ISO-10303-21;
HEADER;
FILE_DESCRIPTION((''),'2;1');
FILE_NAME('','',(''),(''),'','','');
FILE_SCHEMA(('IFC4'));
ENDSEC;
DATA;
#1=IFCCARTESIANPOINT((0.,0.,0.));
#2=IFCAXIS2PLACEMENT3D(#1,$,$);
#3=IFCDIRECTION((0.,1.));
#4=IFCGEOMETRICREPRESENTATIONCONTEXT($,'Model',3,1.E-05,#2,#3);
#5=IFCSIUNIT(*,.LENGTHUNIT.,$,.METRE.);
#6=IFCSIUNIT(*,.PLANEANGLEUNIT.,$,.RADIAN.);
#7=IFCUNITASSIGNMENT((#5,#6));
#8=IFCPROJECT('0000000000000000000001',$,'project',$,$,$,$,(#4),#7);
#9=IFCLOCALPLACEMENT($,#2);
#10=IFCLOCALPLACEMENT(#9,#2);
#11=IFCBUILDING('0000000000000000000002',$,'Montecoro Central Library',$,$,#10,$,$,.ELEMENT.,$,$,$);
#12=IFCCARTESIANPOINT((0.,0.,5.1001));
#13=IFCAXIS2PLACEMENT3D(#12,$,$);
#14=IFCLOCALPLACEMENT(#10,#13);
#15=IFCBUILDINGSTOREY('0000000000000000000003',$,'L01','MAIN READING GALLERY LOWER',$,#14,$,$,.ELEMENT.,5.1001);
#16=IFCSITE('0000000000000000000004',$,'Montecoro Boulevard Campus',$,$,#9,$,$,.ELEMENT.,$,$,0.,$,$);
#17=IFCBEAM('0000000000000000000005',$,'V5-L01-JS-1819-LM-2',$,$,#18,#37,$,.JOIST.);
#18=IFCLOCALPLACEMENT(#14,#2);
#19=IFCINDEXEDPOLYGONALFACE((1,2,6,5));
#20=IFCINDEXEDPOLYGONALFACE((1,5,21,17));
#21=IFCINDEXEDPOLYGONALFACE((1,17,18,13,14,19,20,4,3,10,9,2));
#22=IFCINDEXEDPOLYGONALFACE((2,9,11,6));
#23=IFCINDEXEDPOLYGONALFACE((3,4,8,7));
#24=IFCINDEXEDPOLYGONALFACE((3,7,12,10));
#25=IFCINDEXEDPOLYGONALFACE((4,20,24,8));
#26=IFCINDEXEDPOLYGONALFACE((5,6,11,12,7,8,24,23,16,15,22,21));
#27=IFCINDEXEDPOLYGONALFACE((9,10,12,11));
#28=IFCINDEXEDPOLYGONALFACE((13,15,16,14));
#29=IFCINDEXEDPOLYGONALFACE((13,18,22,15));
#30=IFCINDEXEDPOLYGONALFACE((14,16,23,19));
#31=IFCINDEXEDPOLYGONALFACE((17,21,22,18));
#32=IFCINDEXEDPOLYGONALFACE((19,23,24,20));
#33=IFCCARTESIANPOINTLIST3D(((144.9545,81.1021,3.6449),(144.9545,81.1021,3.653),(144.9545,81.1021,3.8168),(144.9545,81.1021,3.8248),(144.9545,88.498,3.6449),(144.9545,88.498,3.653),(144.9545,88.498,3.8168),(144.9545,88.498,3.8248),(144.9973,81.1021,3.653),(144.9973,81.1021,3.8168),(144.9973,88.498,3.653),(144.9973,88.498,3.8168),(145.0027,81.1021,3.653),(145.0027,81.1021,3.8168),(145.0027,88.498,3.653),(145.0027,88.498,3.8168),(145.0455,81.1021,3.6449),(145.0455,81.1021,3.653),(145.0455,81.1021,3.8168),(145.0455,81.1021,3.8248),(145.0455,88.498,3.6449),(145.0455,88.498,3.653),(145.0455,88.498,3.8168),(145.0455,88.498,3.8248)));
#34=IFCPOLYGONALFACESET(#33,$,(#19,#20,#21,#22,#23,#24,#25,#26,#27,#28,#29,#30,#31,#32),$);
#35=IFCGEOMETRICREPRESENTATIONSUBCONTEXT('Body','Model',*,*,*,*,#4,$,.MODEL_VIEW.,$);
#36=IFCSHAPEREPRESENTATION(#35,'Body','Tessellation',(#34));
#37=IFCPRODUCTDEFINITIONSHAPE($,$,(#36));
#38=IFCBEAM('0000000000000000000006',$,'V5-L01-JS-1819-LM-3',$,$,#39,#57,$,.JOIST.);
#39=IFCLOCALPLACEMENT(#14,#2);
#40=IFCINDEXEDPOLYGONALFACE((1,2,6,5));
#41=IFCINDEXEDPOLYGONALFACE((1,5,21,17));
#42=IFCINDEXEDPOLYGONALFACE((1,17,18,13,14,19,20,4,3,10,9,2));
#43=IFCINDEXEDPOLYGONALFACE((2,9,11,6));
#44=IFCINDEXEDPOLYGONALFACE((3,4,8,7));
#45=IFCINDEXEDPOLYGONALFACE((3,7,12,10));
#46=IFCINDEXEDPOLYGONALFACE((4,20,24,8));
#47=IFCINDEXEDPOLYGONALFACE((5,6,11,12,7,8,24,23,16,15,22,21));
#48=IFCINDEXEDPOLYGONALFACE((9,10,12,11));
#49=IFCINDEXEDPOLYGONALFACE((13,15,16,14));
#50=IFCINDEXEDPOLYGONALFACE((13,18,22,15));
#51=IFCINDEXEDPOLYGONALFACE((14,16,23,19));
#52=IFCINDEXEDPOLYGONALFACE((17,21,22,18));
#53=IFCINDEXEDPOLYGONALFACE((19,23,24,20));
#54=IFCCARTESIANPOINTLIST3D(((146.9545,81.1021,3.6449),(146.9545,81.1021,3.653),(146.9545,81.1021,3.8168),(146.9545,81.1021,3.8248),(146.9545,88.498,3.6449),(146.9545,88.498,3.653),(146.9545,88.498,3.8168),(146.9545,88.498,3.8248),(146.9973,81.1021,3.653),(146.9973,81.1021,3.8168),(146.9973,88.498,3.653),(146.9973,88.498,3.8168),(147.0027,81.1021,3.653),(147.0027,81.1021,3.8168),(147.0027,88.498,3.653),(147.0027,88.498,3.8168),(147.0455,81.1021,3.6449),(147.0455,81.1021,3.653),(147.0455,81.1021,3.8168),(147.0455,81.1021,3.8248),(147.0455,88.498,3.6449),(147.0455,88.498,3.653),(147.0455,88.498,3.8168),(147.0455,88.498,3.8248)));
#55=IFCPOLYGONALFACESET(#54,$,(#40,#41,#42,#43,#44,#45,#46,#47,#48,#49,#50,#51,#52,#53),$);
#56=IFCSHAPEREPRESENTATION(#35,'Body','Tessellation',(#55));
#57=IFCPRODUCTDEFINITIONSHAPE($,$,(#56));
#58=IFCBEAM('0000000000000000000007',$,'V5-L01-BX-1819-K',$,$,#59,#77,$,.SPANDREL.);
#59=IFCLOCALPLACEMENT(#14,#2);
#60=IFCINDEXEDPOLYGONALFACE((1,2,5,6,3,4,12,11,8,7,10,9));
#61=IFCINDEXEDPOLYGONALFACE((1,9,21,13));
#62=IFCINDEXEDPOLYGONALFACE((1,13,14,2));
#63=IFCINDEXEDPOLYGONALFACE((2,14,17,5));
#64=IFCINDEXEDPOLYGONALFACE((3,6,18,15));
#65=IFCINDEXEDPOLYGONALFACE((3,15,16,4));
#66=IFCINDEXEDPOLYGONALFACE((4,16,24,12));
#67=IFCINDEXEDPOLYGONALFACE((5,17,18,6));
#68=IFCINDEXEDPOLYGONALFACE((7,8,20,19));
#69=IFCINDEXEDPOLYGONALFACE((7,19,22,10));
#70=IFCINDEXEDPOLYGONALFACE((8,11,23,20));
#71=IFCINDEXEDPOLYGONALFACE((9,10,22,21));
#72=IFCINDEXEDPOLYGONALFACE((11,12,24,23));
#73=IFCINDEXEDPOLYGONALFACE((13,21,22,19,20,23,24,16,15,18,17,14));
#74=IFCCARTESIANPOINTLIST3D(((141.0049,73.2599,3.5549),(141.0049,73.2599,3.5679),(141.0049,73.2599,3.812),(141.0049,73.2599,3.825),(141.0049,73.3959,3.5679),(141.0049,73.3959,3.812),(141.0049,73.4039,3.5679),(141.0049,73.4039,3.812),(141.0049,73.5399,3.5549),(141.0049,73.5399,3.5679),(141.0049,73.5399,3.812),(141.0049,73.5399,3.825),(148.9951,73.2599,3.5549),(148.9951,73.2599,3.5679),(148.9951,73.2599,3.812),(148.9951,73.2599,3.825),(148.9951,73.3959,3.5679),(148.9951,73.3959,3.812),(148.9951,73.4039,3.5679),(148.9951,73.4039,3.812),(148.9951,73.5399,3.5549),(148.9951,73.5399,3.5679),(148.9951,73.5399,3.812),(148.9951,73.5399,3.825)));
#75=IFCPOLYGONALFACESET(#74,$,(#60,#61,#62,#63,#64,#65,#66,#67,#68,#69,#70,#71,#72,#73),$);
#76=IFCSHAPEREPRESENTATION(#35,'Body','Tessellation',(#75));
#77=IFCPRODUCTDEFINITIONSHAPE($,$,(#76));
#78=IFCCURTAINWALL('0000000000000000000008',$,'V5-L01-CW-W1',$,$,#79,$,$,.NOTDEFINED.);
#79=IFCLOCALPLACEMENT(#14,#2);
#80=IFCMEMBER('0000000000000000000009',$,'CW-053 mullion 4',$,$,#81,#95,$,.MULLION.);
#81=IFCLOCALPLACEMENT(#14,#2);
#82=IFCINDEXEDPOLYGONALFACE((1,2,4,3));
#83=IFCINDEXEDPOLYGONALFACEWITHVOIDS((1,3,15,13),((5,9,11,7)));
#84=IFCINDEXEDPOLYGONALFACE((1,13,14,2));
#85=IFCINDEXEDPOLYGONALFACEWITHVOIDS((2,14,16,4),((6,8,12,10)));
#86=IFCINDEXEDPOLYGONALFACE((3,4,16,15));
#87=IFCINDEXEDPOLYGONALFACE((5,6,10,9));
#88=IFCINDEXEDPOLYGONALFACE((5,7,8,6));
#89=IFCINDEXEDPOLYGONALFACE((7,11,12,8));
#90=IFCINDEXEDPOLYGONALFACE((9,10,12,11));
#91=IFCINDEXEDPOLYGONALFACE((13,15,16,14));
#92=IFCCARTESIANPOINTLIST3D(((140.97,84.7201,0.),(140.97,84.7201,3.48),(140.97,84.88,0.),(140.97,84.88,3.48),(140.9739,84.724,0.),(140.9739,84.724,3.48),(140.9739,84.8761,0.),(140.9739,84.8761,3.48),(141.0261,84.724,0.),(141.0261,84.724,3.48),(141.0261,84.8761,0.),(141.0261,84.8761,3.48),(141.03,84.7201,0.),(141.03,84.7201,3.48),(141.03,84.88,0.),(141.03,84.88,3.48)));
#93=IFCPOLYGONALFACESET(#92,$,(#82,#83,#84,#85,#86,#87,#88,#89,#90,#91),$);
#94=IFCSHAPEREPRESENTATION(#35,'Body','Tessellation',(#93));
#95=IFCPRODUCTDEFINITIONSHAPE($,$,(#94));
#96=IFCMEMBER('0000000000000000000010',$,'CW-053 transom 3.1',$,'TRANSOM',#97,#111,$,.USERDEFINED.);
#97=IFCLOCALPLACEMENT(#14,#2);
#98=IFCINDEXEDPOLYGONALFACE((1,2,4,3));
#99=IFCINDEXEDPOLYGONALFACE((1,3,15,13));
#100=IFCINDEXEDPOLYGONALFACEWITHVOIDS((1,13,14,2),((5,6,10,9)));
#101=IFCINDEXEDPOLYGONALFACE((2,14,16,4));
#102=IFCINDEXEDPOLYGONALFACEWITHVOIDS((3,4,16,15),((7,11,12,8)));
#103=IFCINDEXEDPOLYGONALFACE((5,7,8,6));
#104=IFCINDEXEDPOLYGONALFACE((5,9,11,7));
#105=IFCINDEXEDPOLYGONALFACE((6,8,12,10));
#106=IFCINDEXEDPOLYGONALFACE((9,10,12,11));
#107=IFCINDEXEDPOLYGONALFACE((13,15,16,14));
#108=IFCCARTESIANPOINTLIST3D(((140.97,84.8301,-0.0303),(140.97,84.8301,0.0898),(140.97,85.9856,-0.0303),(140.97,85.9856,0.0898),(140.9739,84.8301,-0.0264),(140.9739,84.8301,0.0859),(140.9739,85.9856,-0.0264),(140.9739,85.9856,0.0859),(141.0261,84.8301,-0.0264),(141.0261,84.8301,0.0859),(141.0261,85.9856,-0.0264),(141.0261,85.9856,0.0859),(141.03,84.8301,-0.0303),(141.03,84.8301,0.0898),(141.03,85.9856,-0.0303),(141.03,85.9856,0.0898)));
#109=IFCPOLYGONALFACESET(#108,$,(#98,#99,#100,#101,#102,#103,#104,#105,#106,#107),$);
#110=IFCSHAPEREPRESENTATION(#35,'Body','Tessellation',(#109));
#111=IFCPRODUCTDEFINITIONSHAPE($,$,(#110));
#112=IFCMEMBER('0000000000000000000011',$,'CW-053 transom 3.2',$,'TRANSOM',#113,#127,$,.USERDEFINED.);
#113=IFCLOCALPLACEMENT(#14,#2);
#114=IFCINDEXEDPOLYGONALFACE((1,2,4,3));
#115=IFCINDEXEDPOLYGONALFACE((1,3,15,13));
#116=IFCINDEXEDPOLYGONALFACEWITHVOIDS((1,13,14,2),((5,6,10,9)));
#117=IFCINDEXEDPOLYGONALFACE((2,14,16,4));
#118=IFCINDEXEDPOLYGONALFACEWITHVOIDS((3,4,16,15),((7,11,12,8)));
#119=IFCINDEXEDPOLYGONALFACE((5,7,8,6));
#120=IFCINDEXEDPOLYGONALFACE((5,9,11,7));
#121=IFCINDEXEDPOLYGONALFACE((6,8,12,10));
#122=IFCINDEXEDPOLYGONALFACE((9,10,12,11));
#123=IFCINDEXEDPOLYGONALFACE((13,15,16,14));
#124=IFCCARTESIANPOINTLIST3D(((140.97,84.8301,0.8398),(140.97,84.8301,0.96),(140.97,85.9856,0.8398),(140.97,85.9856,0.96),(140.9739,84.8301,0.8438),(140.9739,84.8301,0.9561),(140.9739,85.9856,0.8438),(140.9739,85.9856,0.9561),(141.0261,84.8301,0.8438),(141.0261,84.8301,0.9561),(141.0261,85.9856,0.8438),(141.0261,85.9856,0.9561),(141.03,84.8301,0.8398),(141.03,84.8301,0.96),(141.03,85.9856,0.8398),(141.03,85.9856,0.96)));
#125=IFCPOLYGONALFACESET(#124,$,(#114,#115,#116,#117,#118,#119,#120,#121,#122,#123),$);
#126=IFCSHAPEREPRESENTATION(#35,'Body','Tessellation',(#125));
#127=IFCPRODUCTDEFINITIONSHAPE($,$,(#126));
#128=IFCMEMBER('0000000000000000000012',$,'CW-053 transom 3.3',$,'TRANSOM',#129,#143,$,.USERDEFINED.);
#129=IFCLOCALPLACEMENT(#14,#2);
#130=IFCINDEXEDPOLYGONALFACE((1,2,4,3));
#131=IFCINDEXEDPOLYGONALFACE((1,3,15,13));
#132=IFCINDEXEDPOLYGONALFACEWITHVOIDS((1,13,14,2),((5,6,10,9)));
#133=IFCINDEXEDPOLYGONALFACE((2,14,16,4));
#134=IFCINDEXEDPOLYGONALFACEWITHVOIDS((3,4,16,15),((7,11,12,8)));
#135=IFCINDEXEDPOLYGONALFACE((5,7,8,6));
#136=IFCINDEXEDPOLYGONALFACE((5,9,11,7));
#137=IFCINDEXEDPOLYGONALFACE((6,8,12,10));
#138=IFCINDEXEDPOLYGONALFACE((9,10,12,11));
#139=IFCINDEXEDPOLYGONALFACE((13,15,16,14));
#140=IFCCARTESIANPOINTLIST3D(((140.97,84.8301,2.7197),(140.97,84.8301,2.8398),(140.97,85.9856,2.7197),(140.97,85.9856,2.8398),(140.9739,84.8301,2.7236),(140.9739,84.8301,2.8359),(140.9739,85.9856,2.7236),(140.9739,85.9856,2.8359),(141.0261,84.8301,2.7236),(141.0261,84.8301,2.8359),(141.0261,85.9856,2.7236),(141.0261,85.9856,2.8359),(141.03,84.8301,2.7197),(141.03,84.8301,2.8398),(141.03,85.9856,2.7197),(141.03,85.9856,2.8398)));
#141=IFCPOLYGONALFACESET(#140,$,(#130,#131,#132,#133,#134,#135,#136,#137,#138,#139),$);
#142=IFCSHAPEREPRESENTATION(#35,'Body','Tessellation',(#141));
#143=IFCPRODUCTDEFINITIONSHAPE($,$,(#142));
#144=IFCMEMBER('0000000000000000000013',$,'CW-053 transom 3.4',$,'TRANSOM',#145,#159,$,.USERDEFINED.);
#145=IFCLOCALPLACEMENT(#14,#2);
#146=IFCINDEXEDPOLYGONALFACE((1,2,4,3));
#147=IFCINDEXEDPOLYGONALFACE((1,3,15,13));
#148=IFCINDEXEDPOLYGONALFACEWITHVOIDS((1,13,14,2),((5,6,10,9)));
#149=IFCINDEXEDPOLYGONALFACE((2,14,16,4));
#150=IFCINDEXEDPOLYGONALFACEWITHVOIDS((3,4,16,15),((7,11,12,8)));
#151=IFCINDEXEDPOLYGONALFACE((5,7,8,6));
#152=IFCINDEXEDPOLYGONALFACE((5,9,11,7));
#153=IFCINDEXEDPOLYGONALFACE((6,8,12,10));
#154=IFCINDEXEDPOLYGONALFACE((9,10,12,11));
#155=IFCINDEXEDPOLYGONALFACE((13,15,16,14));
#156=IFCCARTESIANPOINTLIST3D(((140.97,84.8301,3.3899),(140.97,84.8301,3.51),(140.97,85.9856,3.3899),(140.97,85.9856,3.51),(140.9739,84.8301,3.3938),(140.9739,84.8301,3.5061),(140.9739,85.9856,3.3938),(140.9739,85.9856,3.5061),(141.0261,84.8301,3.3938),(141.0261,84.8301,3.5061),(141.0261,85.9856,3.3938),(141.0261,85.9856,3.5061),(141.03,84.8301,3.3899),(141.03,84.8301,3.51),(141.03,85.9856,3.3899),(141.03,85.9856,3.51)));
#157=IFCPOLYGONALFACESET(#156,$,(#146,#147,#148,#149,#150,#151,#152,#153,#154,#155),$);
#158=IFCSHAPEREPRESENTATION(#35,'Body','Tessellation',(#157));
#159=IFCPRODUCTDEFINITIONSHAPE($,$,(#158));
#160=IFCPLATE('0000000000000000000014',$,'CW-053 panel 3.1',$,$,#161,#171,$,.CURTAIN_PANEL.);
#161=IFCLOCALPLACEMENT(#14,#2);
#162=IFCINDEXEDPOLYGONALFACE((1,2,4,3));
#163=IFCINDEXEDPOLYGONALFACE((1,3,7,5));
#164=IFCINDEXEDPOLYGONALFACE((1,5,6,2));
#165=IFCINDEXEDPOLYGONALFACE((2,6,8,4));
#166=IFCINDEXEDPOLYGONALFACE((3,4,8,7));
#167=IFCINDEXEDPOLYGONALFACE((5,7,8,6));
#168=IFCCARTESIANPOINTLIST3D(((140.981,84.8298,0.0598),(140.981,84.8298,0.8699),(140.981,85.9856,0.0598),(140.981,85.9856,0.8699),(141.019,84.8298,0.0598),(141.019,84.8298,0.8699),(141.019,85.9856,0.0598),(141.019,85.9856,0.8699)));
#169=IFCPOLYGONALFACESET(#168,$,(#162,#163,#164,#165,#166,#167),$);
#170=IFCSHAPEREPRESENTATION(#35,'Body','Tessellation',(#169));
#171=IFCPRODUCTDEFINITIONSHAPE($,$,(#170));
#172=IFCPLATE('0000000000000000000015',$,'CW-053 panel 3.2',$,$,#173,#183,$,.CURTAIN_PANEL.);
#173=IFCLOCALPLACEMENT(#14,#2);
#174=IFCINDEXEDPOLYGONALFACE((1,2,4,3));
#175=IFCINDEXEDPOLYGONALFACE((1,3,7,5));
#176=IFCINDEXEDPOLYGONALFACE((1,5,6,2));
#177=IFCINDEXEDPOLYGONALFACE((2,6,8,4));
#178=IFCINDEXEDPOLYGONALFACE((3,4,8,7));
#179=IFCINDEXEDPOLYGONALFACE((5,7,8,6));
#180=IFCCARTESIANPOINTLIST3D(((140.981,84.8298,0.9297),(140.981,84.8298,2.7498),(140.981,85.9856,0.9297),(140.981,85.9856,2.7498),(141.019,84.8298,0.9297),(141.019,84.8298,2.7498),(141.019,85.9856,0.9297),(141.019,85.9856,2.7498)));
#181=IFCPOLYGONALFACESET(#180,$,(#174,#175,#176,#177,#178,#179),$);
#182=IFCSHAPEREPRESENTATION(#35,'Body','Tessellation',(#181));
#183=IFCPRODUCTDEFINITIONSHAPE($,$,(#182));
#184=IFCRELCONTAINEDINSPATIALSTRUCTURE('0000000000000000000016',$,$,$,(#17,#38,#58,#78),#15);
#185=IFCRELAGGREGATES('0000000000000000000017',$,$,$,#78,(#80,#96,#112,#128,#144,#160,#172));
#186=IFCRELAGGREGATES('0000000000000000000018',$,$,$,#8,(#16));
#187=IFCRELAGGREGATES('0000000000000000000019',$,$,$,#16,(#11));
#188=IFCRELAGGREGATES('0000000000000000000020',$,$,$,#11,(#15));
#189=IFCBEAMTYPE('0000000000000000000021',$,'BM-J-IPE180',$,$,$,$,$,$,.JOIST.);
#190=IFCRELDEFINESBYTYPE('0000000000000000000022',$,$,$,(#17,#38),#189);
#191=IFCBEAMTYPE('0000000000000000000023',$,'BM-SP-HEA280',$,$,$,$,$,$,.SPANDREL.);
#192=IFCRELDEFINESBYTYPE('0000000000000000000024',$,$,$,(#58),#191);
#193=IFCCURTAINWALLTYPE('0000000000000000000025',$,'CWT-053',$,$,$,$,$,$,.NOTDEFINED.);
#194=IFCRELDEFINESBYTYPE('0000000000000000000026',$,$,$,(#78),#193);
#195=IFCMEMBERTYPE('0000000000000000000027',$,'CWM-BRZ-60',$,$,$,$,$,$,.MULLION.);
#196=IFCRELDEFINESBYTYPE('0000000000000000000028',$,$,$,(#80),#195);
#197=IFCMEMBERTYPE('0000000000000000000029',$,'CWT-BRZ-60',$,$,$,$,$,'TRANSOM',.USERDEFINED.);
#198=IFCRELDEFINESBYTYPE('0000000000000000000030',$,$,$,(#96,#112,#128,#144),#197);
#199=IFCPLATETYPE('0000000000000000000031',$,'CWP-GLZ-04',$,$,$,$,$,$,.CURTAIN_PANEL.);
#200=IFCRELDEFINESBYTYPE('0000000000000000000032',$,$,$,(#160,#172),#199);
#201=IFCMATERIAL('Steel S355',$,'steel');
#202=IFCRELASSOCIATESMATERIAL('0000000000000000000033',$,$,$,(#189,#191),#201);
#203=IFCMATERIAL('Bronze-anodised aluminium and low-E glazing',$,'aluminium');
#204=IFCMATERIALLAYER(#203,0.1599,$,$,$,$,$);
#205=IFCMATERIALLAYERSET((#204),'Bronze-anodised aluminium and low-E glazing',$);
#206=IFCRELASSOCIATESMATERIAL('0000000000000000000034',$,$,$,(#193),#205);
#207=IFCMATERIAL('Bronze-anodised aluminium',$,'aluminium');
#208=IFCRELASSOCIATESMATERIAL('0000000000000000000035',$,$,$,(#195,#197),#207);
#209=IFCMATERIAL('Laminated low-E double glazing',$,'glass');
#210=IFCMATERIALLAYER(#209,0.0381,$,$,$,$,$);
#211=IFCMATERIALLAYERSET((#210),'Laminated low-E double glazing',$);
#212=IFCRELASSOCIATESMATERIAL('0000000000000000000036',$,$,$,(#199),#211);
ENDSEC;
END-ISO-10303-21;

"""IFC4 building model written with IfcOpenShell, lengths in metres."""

from ifc_helpers import new_model, si_unit, direction, frame, origin, origin_2d, place, context, subcontext, project, spatial, rectangle, hollow_rectangle, i_section, extrude, material, layer, layer_set, material_profile, profile_set, type_object, element, aggregate, save


model = new_model("IFC4")

# Units and contexts
model_context = context("Model", 3, precision=1e-05, world=origin(), true_north=direction((0.0, 1.0)))
body_context = subcontext(model_context, "Body", "Model", "MODEL_VIEW")
ifc_project = project(units=[si_unit("LENGTHUNIT", "METRE"), si_unit("PLANEANGLEUNIT", "RADIAN")], contexts=[model_context])

# Site, building, storey
site_placement = place(None, origin())
site = spatial("IfcSite", under=ifc_project, at=site_placement, Name="Montecoro Boulevard Campus", CompositionType="ELEMENT", RefElevation=0.0)
building_placement = place(site_placement, origin())
building = spatial("IfcBuilding", under=site, at=building_placement, Name="Montecoro Central Library", CompositionType="ELEMENT")
storey_placement = place(building_placement, frame((0.0, 0.0, 5.1001)))
storey = spatial("IfcBuildingStorey", under=building, at=storey_placement, Name="L01", Description="MAIN READING GALLERY LOWER", CompositionType="ELEMENT", Elevation=5.1001)

# Shared definitions
ifc_material_1 = material(Name="Steel S355", Category="steel")

# Beams
ifc_material_profile_1 = material_profile(ifc_material_1, i_section(OverallWidth=0.0911, OverallDepth=0.1799, WebThickness=0.0054, FlangeThickness=0.0081, at=origin_2d()), Name="IPE 180")
ifc_profile_set_1 = profile_set([ifc_material_profile_1], Name="Steel S355")
beam_type_1 = type_object("IfcBeamType", Name="BM-J-IPE180", PredefinedType="JOIST", material=ifc_profile_set_1)
for number, where, z_axis, x_axis, name in (
    (1, (145.0, 81.1021, 3.7349), (0.0, 1.0, 0.0), (-1.0, 0.0, 0.0), "V5-L01-JS-1819-LM-2"),
    (2, (147.0, 81.1021, 3.7349), (0.0, 1.0, 0.0), (-1.0, 0.0, 0.0), "V5-L01-JS-1819-LM-3"),
):
    element("IfcBeam", number, at=place(storey_placement, frame(where, z_axis=z_axis, x_axis=x_axis)), inside=storey, type_object=beam_type_1, Name=name, PredefinedType="JOIST", context=body_context, shape_type="SweptSolid", body=[
        extrude(i_section(OverallWidth=0.0911, OverallDepth=0.1799, WebThickness=0.0054, FlangeThickness=0.0081, at=origin_2d()), origin(), (0.0, 0.0, 1.0), 7.396),
    ])
ifc_material_profile_2 = material_profile(ifc_material_1, i_section(OverallWidth=0.28, OverallDepth=0.27, WebThickness=0.0081, FlangeThickness=0.0129, at=origin_2d()), Name="HEA 280")
ifc_profile_set_2 = profile_set([ifc_material_profile_2], Name="Steel S355")
beam_type_2 = type_object("IfcBeamType", Name="BM-SP-HEA280", PredefinedType="SPANDREL", material=ifc_profile_set_2)
beam_1_placement = place(storey_placement, frame((141.0049, 73.3999, 3.6899), z_axis=(1.0, 0.0, 0.0), x_axis=(0.0, 1.0, 0.0)))
element("IfcBeam", 3, at=beam_1_placement, inside=storey, type_object=beam_type_2, Name="V5-L01-BX-1819-K", PredefinedType="SPANDREL", context=body_context, shape_type="SweptSolid", body=[
    extrude(i_section(OverallWidth=0.28, OverallDepth=0.27, WebThickness=0.0081, FlangeThickness=0.0129, at=origin_2d()), origin(), (0.0, 0.0, 1.0), 7.9902),
])

# Curtain wall, members, plates
ifc_material_2 = material(Name="Bronze-anodised aluminium and low-E glazing", Category="aluminium")
ifc_layer_1 = layer(ifc_material_2, 0.1599)
ifc_layer_set_1 = layer_set([ifc_layer_1], Name="Bronze-anodised aluminium and low-E glazing")
curtain_wall_type = type_object("IfcCurtainWallType", Name="CWT-053", PredefinedType="NOTDEFINED", material=ifc_layer_set_1)
curtain_wall_placement = place(storey_placement, origin())
curtain_wall = element("IfcCurtainWall", 4, at=curtain_wall_placement, inside=storey, type_object=curtain_wall_type, Name="V5-L01-CW-W1", PredefinedType="NOTDEFINED")
ifc_material_3 = material(Name="Bronze-anodised aluminium", Category="aluminium")
ifc_material_profile_3 = material_profile(ifc_material_3, hollow_rectangle(XDim=0.0601, YDim=0.1599, WallThickness=0.0039, at=origin_2d()), Name="CWM 160x60x4.0")
ifc_profile_set_3 = profile_set([ifc_material_profile_3], Name="Bronze-anodised aluminium")
member_type_1 = type_object("IfcMemberType", Name="CWM-BRZ-60", PredefinedType="MULLION", material=ifc_profile_set_3)
member_1_placement = place(storey_placement, frame((141.0, 84.8, 0.0), z_axis=(0.0, 0.0, 1.0), x_axis=(1.0, 0.0, 0.0)))
member_1 = element("IfcMember", 5, at=member_1_placement, type_object=member_type_1, Name="CW-053 mullion 4", PredefinedType="MULLION", context=body_context, shape_type="SweptSolid", body=[
    extrude(hollow_rectangle(XDim=0.0601, YDim=0.1599, WallThickness=0.0039, at=origin_2d()), origin(), (0.0, 0.0, 1.0), 3.48),
])
ifc_material_profile_4 = material_profile(ifc_material_3, hollow_rectangle(XDim=0.0601, YDim=0.1201, WallThickness=0.0039, at=origin_2d()), Name="CWT 120x60x4.0")
ifc_profile_set_4 = profile_set([ifc_material_profile_4], Name="Bronze-anodised aluminium")
member_type_2 = type_object("IfcMemberType", Name="CWT-BRZ-60", ElementType="TRANSOM", PredefinedType="USERDEFINED", material=ifc_profile_set_4)
member_2_placement = place(storey_placement, frame((141.0, 85.9856, 0.0298), z_axis=(0.0, -1.0, 0.0), x_axis=(1.0, 0.0, 0.0)))
member_2 = element("IfcMember", 6, at=member_2_placement, type_object=member_type_2, Name="CW-053 transom 3.1", ObjectType="TRANSOM", PredefinedType="USERDEFINED", context=body_context, shape_type="SweptSolid", body=[
    extrude(hollow_rectangle(XDim=0.0601, YDim=0.1201, WallThickness=0.0039, at=origin_2d()), origin(), (0.0, 0.0, 1.0), 1.1555),
])
member_3_placement = place(storey_placement, frame((141.0, 85.9856, 0.8999), z_axis=(0.0, -1.0, 0.0), x_axis=(1.0, 0.0, 0.0)))
member_3 = element("IfcMember", 7, at=member_3_placement, type_object=member_type_2, Name="CW-053 transom 3.2", ObjectType="TRANSOM", PredefinedType="USERDEFINED", context=body_context, shape_type="SweptSolid", body=[
    extrude(hollow_rectangle(XDim=0.0601, YDim=0.1201, WallThickness=0.0039, at=origin_2d()), origin(), (0.0, 0.0, 1.0), 1.1555),
])
member_4_placement = place(storey_placement, frame((141.0, 85.9856, 2.7798), z_axis=(0.0, -1.0, 0.0), x_axis=(1.0, 0.0, 0.0)))
member_4 = element("IfcMember", 8, at=member_4_placement, type_object=member_type_2, Name="CW-053 transom 3.3", ObjectType="TRANSOM", PredefinedType="USERDEFINED", context=body_context, shape_type="SweptSolid", body=[
    extrude(hollow_rectangle(XDim=0.0601, YDim=0.1201, WallThickness=0.0039, at=origin_2d()), origin(), (0.0, 0.0, 1.0), 1.1555),
])
member_5_placement = place(storey_placement, frame((141.0, 85.9856, 3.45), z_axis=(0.0, -1.0, 0.0), x_axis=(1.0, 0.0, 0.0)))
member_5 = element("IfcMember", 9, at=member_5_placement, type_object=member_type_2, Name="CW-053 transom 3.4", ObjectType="TRANSOM", PredefinedType="USERDEFINED", context=body_context, shape_type="SweptSolid", body=[
    extrude(hollow_rectangle(XDim=0.0601, YDim=0.1201, WallThickness=0.0039, at=origin_2d()), origin(), (0.0, 0.0, 1.0), 1.1555),
])
ifc_material_4 = material(Name="Laminated low-E double glazing", Category="glass")
ifc_layer_2 = layer(ifc_material_4, 0.0381)
ifc_layer_set_2 = layer_set([ifc_layer_2], Name="Laminated low-E double glazing")
plate_type_1 = type_object("IfcPlateType", Name="CWP-GLZ-04", PredefinedType="CURTAIN_PANEL", material=ifc_layer_set_2)
plate_1_placement = place(storey_placement, frame((141.0, 85.4077, 0.0598), z_axis=(0.0, 0.0, 1.0), x_axis=(0.0, -1.0, 0.0)))
plate_1 = element("IfcPlate", 10, at=plate_1_placement, type_object=plate_type_1, Name="CW-053 panel 3.1", PredefinedType="CURTAIN_PANEL", context=body_context, shape_type="SweptSolid", body=[
    extrude(rectangle(XDim=1.1558, YDim=0.0381, at=origin_2d()), origin(), (0.0, 0.0, 1.0), 0.8101),
])
plate_2_placement = place(storey_placement, frame((141.0, 85.4077, 0.9297), z_axis=(0.0, 0.0, 1.0), x_axis=(0.0, -1.0, 0.0)))
plate_2 = element("IfcPlate", 11, at=plate_2_placement, type_object=plate_type_1, Name="CW-053 panel 3.2", PredefinedType="CURTAIN_PANEL", context=body_context, shape_type="SweptSolid", body=[
    extrude(rectangle(XDim=1.1558, YDim=0.0381, at=origin_2d()), origin(), (0.0, 0.0, 1.0), 1.8201),
])
aggregate(curtain_wall, [member_1, member_2, member_3, member_4, member_5, plate_1, plate_2])

save(model, "model.ifc")
